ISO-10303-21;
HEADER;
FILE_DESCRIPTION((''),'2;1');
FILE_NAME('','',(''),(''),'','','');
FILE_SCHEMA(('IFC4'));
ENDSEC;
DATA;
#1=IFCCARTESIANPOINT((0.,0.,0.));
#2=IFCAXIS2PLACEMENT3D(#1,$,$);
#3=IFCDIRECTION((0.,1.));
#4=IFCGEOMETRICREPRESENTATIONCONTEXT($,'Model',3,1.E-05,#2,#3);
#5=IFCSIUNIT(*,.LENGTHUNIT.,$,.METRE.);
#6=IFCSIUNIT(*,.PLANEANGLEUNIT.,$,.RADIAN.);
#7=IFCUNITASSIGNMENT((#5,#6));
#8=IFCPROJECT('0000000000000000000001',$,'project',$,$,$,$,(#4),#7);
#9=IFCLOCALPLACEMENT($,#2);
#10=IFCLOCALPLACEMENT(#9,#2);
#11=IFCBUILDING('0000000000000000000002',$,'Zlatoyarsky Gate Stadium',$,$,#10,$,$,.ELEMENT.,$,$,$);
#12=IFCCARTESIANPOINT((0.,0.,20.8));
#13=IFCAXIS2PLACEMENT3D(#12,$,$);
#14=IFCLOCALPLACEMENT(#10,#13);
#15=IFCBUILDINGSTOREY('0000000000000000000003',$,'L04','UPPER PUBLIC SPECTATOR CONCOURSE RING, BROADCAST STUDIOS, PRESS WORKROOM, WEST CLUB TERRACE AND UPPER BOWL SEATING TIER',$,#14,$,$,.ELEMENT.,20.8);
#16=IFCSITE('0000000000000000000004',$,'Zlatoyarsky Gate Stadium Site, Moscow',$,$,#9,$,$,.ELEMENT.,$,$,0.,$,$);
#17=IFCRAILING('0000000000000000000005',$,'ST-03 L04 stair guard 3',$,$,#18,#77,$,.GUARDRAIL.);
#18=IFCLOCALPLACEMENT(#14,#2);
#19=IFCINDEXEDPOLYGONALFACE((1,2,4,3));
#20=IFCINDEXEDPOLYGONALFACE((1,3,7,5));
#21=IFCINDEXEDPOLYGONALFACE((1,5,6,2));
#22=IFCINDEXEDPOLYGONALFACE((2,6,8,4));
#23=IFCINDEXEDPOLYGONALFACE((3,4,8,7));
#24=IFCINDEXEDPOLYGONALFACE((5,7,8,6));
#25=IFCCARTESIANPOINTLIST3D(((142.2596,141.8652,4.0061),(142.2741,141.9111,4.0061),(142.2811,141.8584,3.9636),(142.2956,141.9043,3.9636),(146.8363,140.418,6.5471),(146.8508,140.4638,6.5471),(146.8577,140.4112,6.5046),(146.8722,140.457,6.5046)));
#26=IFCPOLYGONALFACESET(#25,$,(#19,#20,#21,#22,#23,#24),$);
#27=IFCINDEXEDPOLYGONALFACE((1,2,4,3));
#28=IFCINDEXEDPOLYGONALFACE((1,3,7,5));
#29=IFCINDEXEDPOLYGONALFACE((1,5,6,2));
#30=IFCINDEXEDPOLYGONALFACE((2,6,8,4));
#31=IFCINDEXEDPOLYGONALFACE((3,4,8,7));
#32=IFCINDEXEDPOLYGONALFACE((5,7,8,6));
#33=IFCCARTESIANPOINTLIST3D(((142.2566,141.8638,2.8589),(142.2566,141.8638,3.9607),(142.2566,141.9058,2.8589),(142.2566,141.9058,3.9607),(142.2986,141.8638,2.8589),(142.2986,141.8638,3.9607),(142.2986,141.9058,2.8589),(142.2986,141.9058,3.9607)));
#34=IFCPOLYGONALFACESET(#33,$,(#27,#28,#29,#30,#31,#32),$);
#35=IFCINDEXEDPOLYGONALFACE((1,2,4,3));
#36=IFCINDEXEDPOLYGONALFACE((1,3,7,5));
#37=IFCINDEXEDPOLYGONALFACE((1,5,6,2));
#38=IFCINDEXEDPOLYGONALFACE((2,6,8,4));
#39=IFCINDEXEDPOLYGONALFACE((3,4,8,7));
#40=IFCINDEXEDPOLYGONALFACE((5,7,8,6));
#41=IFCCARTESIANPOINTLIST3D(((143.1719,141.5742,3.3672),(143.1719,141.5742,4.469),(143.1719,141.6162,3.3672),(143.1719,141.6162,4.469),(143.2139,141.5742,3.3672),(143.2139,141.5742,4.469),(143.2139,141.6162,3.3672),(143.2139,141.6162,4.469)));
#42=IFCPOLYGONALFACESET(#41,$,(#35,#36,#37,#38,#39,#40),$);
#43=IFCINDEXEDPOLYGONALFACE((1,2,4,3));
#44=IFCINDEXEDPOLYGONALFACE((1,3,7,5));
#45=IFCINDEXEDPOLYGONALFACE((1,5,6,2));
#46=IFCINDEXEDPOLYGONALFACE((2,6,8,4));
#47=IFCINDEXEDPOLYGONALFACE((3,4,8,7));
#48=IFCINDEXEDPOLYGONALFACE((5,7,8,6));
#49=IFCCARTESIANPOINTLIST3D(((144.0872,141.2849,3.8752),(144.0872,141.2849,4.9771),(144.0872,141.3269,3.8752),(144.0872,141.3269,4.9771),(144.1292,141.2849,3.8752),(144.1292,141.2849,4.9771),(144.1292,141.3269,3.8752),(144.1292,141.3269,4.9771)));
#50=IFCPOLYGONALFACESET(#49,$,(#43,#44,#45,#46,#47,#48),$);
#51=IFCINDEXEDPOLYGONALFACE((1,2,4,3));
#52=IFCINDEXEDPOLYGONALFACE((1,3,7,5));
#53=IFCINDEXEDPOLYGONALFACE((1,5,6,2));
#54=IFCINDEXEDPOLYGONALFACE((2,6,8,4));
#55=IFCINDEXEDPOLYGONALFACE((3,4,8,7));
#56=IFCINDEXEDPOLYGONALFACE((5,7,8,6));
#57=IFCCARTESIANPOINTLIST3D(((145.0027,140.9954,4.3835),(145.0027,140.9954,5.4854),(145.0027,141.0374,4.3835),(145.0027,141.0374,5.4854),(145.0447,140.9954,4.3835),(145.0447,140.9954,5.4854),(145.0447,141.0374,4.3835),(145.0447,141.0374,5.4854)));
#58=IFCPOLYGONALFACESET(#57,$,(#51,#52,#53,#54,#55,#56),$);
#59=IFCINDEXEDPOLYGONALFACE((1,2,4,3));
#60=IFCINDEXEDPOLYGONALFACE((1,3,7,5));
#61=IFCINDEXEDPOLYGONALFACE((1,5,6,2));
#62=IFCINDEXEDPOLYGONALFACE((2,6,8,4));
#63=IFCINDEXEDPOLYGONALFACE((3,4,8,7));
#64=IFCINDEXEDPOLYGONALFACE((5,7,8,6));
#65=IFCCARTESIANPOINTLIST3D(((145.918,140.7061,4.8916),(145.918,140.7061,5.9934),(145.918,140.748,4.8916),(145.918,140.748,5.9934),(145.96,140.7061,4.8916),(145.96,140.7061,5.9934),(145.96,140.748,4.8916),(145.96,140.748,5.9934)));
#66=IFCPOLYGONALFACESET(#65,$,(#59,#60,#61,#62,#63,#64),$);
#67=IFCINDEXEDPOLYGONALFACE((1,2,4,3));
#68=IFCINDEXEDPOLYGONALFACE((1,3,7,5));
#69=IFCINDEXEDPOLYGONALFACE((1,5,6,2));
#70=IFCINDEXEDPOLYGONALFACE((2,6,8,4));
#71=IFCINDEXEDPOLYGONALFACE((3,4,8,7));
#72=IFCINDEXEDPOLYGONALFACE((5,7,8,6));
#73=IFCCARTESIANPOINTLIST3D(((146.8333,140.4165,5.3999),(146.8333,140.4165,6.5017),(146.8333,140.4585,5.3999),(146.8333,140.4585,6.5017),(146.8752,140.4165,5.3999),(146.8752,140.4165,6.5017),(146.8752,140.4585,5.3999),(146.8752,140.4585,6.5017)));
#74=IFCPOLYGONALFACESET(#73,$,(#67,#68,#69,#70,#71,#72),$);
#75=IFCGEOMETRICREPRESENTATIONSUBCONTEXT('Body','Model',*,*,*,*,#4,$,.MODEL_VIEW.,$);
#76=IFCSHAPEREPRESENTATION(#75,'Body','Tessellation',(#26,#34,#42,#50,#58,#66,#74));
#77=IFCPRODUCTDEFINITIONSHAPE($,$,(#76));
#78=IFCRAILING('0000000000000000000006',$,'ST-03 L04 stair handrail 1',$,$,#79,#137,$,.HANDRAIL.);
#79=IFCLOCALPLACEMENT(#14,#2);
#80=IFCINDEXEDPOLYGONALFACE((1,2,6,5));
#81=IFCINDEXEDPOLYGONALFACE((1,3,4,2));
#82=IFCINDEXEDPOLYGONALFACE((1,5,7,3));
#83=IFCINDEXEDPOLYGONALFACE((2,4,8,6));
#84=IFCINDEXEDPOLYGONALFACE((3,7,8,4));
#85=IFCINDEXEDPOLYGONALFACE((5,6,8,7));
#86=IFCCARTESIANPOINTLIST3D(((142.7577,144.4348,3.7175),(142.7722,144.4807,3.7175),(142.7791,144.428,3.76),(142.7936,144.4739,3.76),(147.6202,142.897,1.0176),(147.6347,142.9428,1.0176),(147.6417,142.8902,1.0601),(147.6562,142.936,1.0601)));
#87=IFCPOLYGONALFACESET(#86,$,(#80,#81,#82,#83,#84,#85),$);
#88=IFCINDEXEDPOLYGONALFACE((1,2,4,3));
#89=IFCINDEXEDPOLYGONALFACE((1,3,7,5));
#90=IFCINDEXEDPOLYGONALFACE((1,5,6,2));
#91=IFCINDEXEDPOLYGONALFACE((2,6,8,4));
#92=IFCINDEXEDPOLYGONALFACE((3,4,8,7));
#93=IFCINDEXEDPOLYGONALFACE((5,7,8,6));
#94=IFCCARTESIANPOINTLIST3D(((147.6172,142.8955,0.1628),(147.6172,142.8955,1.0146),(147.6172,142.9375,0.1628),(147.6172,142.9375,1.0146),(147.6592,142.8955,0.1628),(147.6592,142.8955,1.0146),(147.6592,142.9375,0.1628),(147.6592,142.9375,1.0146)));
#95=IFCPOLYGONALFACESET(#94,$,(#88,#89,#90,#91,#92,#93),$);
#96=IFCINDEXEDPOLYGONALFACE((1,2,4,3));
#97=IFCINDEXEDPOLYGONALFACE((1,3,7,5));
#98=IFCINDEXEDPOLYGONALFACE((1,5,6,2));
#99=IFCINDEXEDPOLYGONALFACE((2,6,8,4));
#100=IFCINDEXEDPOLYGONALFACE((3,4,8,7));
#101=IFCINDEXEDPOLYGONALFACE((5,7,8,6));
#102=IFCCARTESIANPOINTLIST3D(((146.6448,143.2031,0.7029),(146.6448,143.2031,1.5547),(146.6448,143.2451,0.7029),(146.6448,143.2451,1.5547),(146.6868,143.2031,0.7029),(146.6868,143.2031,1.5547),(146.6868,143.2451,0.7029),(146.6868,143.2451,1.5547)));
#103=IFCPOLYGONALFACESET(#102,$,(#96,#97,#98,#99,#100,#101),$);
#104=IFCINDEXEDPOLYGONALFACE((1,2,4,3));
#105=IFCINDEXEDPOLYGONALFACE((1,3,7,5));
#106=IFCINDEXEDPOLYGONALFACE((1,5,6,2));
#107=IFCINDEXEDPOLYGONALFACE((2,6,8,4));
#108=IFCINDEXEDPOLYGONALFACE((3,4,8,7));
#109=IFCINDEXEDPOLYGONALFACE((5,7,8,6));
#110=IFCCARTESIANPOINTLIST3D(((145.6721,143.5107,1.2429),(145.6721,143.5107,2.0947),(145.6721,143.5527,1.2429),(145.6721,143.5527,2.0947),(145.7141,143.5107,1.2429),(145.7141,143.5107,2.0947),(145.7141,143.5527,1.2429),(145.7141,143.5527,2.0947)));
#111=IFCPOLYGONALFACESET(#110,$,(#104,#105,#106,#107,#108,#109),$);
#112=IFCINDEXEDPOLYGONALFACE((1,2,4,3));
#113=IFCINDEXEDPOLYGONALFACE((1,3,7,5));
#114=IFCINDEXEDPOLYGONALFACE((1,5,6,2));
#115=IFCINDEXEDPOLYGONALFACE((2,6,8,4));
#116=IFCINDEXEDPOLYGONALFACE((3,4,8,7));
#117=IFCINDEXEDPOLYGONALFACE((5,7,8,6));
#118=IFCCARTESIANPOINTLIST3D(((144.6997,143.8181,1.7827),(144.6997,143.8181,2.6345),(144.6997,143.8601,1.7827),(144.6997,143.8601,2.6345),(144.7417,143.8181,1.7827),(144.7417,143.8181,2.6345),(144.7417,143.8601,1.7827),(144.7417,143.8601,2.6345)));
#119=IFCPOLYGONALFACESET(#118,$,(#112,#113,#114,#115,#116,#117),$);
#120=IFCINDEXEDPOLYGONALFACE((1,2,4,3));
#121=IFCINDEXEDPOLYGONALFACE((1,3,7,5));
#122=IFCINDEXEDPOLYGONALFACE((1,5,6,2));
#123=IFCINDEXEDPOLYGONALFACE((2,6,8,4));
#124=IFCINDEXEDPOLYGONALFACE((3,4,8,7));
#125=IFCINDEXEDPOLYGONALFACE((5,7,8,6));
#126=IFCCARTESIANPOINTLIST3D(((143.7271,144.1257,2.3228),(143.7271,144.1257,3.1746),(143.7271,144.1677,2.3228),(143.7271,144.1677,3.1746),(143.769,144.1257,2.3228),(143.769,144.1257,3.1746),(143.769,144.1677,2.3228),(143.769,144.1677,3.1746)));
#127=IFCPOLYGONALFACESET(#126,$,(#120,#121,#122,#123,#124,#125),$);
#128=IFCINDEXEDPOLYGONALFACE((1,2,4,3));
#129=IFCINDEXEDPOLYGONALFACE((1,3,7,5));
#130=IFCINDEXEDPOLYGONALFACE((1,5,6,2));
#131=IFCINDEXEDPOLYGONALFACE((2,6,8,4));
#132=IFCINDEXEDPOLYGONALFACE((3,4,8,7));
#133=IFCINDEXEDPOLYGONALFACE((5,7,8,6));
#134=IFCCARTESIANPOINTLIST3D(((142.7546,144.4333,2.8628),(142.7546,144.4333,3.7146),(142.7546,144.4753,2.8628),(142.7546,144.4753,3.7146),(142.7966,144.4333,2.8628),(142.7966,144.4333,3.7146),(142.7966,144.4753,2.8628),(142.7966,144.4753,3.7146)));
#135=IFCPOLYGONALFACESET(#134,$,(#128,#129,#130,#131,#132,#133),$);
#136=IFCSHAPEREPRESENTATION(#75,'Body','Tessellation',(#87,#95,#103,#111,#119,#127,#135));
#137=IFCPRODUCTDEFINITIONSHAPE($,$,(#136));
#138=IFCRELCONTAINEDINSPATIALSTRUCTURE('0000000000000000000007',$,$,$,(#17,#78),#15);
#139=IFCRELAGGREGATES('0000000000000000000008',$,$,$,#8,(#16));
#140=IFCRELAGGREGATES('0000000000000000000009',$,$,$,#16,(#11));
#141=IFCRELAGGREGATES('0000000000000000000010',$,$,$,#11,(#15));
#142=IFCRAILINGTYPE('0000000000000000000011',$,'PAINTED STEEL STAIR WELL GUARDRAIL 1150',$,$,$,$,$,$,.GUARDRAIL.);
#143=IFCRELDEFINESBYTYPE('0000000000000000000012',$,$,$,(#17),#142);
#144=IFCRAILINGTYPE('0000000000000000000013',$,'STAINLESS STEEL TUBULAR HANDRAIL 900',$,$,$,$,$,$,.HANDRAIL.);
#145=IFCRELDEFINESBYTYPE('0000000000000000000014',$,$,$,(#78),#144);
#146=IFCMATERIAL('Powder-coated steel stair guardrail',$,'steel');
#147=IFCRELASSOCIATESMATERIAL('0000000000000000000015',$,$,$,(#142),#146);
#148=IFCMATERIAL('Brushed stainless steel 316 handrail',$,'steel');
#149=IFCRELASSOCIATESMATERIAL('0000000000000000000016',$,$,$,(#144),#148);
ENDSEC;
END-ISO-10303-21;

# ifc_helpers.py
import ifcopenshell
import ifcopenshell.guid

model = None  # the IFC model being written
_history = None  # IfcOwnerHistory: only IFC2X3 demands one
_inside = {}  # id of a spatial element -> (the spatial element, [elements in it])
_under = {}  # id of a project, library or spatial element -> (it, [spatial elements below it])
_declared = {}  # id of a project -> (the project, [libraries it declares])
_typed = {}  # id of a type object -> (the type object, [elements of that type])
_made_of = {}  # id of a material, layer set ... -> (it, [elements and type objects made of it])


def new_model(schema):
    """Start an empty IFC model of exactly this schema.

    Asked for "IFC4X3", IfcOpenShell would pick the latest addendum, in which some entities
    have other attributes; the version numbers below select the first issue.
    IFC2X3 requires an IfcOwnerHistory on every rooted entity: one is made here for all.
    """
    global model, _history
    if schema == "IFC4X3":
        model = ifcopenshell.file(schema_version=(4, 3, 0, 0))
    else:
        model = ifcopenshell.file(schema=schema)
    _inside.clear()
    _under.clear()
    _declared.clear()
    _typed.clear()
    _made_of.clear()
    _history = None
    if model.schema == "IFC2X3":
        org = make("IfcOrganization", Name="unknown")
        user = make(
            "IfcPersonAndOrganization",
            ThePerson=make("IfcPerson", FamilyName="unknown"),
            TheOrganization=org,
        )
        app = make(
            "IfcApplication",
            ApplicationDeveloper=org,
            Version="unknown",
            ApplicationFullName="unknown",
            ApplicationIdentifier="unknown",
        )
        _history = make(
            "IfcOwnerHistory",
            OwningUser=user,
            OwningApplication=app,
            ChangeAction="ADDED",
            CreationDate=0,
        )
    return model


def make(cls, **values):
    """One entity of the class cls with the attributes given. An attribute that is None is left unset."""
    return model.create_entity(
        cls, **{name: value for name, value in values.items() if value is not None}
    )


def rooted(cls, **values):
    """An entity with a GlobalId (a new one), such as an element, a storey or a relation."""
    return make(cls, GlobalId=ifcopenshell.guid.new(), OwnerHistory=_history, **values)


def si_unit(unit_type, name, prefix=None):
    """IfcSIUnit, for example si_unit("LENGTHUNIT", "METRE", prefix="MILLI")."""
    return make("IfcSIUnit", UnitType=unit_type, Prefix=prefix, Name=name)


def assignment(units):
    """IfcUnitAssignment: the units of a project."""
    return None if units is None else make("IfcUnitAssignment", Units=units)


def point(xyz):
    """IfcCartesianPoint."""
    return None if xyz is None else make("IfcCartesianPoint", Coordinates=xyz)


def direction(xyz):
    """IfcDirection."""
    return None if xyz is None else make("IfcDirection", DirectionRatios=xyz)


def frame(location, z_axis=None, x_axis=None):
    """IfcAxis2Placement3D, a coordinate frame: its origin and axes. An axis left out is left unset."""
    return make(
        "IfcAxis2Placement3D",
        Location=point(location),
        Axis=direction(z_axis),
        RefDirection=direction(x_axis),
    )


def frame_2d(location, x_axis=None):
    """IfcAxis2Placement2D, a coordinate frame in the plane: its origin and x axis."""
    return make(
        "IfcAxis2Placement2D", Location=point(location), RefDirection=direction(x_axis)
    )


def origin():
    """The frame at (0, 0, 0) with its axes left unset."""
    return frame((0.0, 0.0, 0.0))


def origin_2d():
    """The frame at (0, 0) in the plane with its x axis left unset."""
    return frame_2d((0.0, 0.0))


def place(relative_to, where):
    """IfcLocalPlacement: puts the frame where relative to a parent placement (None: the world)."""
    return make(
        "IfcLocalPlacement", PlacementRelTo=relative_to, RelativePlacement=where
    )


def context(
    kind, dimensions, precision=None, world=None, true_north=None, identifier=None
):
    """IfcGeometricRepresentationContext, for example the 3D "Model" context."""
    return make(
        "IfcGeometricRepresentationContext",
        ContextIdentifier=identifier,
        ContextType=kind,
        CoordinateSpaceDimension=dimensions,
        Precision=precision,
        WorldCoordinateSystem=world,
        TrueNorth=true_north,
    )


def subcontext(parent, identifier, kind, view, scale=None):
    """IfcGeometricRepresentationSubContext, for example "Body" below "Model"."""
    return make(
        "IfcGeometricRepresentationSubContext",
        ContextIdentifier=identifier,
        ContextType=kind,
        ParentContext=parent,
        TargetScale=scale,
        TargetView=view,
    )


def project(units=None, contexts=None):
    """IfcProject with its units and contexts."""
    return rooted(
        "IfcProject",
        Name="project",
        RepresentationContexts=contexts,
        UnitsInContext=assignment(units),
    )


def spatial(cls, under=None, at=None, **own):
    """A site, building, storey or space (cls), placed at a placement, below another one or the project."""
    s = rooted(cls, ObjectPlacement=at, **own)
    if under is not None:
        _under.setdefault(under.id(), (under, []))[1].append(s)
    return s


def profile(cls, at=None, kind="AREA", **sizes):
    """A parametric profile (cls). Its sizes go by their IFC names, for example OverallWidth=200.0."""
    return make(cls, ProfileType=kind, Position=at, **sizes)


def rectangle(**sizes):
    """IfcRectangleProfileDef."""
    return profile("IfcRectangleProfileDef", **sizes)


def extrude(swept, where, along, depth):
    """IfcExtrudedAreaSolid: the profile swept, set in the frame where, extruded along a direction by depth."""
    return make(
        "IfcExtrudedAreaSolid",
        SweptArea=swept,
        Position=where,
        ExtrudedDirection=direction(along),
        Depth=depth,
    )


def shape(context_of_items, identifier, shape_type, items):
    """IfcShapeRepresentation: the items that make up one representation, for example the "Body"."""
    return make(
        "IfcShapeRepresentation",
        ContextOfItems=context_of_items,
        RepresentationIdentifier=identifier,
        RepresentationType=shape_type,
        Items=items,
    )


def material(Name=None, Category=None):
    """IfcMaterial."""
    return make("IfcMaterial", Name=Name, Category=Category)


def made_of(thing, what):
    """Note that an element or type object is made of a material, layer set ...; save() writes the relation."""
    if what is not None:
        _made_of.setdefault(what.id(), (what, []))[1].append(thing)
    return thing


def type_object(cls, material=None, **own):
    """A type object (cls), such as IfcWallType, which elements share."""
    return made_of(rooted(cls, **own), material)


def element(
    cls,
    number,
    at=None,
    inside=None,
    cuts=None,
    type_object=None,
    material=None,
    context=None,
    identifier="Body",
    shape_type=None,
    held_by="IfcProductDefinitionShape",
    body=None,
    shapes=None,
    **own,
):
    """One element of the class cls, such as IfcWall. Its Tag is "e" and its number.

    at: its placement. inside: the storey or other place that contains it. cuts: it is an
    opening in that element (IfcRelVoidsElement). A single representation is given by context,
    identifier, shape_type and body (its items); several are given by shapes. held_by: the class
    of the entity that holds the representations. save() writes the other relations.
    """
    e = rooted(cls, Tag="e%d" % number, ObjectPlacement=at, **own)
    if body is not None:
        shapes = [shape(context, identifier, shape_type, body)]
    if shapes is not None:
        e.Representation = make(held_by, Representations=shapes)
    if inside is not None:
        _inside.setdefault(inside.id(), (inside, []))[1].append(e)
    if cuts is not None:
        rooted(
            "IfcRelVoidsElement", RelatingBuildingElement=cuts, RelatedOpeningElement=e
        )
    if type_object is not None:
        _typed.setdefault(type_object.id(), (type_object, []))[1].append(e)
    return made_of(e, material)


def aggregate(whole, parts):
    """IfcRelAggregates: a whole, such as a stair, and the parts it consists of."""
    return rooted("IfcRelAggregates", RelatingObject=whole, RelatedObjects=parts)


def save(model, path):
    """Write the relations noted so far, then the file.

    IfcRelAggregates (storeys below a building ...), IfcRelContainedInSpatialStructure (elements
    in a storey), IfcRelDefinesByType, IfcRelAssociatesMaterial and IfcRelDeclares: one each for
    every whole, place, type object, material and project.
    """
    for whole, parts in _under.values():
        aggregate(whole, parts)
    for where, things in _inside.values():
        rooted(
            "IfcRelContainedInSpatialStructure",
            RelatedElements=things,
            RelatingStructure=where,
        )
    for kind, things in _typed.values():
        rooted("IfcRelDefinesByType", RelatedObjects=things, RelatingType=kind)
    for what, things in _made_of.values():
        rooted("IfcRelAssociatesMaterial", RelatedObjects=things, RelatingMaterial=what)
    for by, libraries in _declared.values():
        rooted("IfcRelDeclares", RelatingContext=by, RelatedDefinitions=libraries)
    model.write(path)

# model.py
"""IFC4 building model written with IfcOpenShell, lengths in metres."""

from ifc_helpers import new_model, si_unit, direction, frame, origin, origin_2d, place, context, subcontext, project, spatial, rectangle, extrude, material, type_object, element, save


model = new_model("IFC4")

# Units and contexts
model_context = context("Model", 3, precision=1e-05, world=origin(), true_north=direction((0.0, 1.0)))
body_context = subcontext(model_context, "Body", "Model", "MODEL_VIEW")
ifc_project = project(units=[si_unit("LENGTHUNIT", "METRE"), si_unit("PLANEANGLEUNIT", "RADIAN")], contexts=[model_context])

# Site, building, storey
site_placement = place(None, origin())
site = spatial("IfcSite", under=ifc_project, at=site_placement, Name="Zlatoyarsky Gate Stadium Site, Moscow", CompositionType="ELEMENT", RefElevation=0.0)
building_placement = place(site_placement, origin())
building = spatial("IfcBuilding", under=site, at=building_placement, Name="Zlatoyarsky Gate Stadium", CompositionType="ELEMENT")
storey_placement = place(building_placement, frame((0.0, 0.0, 20.8)))
storey = spatial("IfcBuildingStorey", under=building, at=storey_placement, Name="L04", Description="UPPER PUBLIC SPECTATOR CONCOURSE RING, BROADCAST STUDIOS, PRESS WORKROOM, WEST CLUB TERRACE AND UPPER BOWL SEATING TIER", CompositionType="ELEMENT", Elevation=20.8)

# Railings
ifc_material_1 = material(Name="Powder-coated steel stair guardrail", Category="steel")
railing_type_1 = type_object("IfcRailingType", Name="PAINTED STEEL STAIR WELL GUARDRAIL 1150", PredefinedType="GUARDRAIL", material=ifc_material_1)
railing_1_placement = place(storey_placement, frame((142.2776, 141.8848, 2.8589)))
element("IfcRailing", 1, at=railing_1_placement, inside=storey, type_object=railing_type_1, Name="ST-03 L04 stair guard 3", PredefinedType="GUARDRAIL", context=body_context, shape_type="SweptSolid", body=[
    extrude(rectangle(XDim=0.0481, YDim=0.0481, at=origin_2d()), frame((0.0, 0.0, 1.126), z_axis=(0.842672, -0.266476, 0.467861), x_axis=(0.301511, 0.953463, 0.0)), (0.0, 0.0, 1.0), 5.4312),
    extrude(rectangle(XDim=0.042, YDim=0.042, at=origin_2d()), origin(), (0.0, 0.0, 1.0), 1.1018),
    extrude(rectangle(XDim=0.042, YDim=0.042, at=origin_2d()), frame((0.9153, -0.2896, 0.5083)), (0.0, 0.0, 1.0), 1.1018),
    extrude(rectangle(XDim=0.042, YDim=0.042, at=origin_2d()), frame((1.8306, -0.5789, 1.0164)), (0.0, 0.0, 1.0), 1.1018),
    extrude(rectangle(XDim=0.042, YDim=0.042, at=origin_2d()), frame((2.7461, -0.8684, 1.5247)), (0.0, 0.0, 1.0), 1.1018),
    extrude(rectangle(XDim=0.042, YDim=0.042, at=origin_2d()), frame((3.6614, -1.1577, 2.0327)), (0.0, 0.0, 1.0), 1.1018),
    extrude(rectangle(XDim=0.042, YDim=0.042, at=origin_2d()), frame((4.5767, -1.4473, 2.541)), (0.0, 0.0, 1.0), 1.1018),
])
ifc_material_2 = material(Name="Brushed stainless steel 316 handrail", Category="steel")
railing_type_2 = type_object("IfcRailingType", Name="STAINLESS STEEL TUBULAR HANDRAIL 900", PredefinedType="HANDRAIL", material=ifc_material_2)
railing_2_placement = place(storey_placement, frame((147.6382, 142.9165, 0.1628)))
element("IfcRailing", 2, at=railing_2_placement, inside=storey, type_object=railing_type_2, Name="ST-03 L04 stair handrail 1", PredefinedType="HANDRAIL", context=body_context, shape_type="SweptSolid", body=[
    extrude(rectangle(XDim=0.0481, YDim=0.0481, at=origin_2d()), frame((0.0, 0.0, 0.876), z_axis=(-0.842651, 0.266499, 0.467886), x_axis=(-0.301541, -0.953453, 0.0)), (0.0, 0.0, 1.0), 5.7705),
    extrude(rectangle(XDim=0.042, YDim=0.042, at=origin_2d()), origin(), (0.0, 0.0, 1.0), 0.8518),
    extrude(rectangle(XDim=0.042, YDim=0.042, at=origin_2d()), frame((-0.9724, 0.3076, 0.54)), (0.0, 0.0, 1.0), 0.8518),
    extrude(rectangle(XDim=0.042, YDim=0.042, at=origin_2d()), frame((-1.9451, 0.6152, 1.0801)), (0.0, 0.0, 1.0), 0.8518),
    extrude(rectangle(XDim=0.042, YDim=0.042, at=origin_2d()), frame((-2.9175, 0.9226, 1.6199)), (0.0, 0.0, 1.0), 0.8518),
    extrude(rectangle(XDim=0.042, YDim=0.042, at=origin_2d()), frame((-3.8901, 1.2302, 2.1599)), (0.0, 0.0, 1.0), 0.8518),
    extrude(rectangle(XDim=0.042, YDim=0.042, at=origin_2d()), frame((-4.8625, 1.5378, 2.7)), (0.0, 0.0, 1.0), 0.8518),
])

save(model, "model.ifc")
